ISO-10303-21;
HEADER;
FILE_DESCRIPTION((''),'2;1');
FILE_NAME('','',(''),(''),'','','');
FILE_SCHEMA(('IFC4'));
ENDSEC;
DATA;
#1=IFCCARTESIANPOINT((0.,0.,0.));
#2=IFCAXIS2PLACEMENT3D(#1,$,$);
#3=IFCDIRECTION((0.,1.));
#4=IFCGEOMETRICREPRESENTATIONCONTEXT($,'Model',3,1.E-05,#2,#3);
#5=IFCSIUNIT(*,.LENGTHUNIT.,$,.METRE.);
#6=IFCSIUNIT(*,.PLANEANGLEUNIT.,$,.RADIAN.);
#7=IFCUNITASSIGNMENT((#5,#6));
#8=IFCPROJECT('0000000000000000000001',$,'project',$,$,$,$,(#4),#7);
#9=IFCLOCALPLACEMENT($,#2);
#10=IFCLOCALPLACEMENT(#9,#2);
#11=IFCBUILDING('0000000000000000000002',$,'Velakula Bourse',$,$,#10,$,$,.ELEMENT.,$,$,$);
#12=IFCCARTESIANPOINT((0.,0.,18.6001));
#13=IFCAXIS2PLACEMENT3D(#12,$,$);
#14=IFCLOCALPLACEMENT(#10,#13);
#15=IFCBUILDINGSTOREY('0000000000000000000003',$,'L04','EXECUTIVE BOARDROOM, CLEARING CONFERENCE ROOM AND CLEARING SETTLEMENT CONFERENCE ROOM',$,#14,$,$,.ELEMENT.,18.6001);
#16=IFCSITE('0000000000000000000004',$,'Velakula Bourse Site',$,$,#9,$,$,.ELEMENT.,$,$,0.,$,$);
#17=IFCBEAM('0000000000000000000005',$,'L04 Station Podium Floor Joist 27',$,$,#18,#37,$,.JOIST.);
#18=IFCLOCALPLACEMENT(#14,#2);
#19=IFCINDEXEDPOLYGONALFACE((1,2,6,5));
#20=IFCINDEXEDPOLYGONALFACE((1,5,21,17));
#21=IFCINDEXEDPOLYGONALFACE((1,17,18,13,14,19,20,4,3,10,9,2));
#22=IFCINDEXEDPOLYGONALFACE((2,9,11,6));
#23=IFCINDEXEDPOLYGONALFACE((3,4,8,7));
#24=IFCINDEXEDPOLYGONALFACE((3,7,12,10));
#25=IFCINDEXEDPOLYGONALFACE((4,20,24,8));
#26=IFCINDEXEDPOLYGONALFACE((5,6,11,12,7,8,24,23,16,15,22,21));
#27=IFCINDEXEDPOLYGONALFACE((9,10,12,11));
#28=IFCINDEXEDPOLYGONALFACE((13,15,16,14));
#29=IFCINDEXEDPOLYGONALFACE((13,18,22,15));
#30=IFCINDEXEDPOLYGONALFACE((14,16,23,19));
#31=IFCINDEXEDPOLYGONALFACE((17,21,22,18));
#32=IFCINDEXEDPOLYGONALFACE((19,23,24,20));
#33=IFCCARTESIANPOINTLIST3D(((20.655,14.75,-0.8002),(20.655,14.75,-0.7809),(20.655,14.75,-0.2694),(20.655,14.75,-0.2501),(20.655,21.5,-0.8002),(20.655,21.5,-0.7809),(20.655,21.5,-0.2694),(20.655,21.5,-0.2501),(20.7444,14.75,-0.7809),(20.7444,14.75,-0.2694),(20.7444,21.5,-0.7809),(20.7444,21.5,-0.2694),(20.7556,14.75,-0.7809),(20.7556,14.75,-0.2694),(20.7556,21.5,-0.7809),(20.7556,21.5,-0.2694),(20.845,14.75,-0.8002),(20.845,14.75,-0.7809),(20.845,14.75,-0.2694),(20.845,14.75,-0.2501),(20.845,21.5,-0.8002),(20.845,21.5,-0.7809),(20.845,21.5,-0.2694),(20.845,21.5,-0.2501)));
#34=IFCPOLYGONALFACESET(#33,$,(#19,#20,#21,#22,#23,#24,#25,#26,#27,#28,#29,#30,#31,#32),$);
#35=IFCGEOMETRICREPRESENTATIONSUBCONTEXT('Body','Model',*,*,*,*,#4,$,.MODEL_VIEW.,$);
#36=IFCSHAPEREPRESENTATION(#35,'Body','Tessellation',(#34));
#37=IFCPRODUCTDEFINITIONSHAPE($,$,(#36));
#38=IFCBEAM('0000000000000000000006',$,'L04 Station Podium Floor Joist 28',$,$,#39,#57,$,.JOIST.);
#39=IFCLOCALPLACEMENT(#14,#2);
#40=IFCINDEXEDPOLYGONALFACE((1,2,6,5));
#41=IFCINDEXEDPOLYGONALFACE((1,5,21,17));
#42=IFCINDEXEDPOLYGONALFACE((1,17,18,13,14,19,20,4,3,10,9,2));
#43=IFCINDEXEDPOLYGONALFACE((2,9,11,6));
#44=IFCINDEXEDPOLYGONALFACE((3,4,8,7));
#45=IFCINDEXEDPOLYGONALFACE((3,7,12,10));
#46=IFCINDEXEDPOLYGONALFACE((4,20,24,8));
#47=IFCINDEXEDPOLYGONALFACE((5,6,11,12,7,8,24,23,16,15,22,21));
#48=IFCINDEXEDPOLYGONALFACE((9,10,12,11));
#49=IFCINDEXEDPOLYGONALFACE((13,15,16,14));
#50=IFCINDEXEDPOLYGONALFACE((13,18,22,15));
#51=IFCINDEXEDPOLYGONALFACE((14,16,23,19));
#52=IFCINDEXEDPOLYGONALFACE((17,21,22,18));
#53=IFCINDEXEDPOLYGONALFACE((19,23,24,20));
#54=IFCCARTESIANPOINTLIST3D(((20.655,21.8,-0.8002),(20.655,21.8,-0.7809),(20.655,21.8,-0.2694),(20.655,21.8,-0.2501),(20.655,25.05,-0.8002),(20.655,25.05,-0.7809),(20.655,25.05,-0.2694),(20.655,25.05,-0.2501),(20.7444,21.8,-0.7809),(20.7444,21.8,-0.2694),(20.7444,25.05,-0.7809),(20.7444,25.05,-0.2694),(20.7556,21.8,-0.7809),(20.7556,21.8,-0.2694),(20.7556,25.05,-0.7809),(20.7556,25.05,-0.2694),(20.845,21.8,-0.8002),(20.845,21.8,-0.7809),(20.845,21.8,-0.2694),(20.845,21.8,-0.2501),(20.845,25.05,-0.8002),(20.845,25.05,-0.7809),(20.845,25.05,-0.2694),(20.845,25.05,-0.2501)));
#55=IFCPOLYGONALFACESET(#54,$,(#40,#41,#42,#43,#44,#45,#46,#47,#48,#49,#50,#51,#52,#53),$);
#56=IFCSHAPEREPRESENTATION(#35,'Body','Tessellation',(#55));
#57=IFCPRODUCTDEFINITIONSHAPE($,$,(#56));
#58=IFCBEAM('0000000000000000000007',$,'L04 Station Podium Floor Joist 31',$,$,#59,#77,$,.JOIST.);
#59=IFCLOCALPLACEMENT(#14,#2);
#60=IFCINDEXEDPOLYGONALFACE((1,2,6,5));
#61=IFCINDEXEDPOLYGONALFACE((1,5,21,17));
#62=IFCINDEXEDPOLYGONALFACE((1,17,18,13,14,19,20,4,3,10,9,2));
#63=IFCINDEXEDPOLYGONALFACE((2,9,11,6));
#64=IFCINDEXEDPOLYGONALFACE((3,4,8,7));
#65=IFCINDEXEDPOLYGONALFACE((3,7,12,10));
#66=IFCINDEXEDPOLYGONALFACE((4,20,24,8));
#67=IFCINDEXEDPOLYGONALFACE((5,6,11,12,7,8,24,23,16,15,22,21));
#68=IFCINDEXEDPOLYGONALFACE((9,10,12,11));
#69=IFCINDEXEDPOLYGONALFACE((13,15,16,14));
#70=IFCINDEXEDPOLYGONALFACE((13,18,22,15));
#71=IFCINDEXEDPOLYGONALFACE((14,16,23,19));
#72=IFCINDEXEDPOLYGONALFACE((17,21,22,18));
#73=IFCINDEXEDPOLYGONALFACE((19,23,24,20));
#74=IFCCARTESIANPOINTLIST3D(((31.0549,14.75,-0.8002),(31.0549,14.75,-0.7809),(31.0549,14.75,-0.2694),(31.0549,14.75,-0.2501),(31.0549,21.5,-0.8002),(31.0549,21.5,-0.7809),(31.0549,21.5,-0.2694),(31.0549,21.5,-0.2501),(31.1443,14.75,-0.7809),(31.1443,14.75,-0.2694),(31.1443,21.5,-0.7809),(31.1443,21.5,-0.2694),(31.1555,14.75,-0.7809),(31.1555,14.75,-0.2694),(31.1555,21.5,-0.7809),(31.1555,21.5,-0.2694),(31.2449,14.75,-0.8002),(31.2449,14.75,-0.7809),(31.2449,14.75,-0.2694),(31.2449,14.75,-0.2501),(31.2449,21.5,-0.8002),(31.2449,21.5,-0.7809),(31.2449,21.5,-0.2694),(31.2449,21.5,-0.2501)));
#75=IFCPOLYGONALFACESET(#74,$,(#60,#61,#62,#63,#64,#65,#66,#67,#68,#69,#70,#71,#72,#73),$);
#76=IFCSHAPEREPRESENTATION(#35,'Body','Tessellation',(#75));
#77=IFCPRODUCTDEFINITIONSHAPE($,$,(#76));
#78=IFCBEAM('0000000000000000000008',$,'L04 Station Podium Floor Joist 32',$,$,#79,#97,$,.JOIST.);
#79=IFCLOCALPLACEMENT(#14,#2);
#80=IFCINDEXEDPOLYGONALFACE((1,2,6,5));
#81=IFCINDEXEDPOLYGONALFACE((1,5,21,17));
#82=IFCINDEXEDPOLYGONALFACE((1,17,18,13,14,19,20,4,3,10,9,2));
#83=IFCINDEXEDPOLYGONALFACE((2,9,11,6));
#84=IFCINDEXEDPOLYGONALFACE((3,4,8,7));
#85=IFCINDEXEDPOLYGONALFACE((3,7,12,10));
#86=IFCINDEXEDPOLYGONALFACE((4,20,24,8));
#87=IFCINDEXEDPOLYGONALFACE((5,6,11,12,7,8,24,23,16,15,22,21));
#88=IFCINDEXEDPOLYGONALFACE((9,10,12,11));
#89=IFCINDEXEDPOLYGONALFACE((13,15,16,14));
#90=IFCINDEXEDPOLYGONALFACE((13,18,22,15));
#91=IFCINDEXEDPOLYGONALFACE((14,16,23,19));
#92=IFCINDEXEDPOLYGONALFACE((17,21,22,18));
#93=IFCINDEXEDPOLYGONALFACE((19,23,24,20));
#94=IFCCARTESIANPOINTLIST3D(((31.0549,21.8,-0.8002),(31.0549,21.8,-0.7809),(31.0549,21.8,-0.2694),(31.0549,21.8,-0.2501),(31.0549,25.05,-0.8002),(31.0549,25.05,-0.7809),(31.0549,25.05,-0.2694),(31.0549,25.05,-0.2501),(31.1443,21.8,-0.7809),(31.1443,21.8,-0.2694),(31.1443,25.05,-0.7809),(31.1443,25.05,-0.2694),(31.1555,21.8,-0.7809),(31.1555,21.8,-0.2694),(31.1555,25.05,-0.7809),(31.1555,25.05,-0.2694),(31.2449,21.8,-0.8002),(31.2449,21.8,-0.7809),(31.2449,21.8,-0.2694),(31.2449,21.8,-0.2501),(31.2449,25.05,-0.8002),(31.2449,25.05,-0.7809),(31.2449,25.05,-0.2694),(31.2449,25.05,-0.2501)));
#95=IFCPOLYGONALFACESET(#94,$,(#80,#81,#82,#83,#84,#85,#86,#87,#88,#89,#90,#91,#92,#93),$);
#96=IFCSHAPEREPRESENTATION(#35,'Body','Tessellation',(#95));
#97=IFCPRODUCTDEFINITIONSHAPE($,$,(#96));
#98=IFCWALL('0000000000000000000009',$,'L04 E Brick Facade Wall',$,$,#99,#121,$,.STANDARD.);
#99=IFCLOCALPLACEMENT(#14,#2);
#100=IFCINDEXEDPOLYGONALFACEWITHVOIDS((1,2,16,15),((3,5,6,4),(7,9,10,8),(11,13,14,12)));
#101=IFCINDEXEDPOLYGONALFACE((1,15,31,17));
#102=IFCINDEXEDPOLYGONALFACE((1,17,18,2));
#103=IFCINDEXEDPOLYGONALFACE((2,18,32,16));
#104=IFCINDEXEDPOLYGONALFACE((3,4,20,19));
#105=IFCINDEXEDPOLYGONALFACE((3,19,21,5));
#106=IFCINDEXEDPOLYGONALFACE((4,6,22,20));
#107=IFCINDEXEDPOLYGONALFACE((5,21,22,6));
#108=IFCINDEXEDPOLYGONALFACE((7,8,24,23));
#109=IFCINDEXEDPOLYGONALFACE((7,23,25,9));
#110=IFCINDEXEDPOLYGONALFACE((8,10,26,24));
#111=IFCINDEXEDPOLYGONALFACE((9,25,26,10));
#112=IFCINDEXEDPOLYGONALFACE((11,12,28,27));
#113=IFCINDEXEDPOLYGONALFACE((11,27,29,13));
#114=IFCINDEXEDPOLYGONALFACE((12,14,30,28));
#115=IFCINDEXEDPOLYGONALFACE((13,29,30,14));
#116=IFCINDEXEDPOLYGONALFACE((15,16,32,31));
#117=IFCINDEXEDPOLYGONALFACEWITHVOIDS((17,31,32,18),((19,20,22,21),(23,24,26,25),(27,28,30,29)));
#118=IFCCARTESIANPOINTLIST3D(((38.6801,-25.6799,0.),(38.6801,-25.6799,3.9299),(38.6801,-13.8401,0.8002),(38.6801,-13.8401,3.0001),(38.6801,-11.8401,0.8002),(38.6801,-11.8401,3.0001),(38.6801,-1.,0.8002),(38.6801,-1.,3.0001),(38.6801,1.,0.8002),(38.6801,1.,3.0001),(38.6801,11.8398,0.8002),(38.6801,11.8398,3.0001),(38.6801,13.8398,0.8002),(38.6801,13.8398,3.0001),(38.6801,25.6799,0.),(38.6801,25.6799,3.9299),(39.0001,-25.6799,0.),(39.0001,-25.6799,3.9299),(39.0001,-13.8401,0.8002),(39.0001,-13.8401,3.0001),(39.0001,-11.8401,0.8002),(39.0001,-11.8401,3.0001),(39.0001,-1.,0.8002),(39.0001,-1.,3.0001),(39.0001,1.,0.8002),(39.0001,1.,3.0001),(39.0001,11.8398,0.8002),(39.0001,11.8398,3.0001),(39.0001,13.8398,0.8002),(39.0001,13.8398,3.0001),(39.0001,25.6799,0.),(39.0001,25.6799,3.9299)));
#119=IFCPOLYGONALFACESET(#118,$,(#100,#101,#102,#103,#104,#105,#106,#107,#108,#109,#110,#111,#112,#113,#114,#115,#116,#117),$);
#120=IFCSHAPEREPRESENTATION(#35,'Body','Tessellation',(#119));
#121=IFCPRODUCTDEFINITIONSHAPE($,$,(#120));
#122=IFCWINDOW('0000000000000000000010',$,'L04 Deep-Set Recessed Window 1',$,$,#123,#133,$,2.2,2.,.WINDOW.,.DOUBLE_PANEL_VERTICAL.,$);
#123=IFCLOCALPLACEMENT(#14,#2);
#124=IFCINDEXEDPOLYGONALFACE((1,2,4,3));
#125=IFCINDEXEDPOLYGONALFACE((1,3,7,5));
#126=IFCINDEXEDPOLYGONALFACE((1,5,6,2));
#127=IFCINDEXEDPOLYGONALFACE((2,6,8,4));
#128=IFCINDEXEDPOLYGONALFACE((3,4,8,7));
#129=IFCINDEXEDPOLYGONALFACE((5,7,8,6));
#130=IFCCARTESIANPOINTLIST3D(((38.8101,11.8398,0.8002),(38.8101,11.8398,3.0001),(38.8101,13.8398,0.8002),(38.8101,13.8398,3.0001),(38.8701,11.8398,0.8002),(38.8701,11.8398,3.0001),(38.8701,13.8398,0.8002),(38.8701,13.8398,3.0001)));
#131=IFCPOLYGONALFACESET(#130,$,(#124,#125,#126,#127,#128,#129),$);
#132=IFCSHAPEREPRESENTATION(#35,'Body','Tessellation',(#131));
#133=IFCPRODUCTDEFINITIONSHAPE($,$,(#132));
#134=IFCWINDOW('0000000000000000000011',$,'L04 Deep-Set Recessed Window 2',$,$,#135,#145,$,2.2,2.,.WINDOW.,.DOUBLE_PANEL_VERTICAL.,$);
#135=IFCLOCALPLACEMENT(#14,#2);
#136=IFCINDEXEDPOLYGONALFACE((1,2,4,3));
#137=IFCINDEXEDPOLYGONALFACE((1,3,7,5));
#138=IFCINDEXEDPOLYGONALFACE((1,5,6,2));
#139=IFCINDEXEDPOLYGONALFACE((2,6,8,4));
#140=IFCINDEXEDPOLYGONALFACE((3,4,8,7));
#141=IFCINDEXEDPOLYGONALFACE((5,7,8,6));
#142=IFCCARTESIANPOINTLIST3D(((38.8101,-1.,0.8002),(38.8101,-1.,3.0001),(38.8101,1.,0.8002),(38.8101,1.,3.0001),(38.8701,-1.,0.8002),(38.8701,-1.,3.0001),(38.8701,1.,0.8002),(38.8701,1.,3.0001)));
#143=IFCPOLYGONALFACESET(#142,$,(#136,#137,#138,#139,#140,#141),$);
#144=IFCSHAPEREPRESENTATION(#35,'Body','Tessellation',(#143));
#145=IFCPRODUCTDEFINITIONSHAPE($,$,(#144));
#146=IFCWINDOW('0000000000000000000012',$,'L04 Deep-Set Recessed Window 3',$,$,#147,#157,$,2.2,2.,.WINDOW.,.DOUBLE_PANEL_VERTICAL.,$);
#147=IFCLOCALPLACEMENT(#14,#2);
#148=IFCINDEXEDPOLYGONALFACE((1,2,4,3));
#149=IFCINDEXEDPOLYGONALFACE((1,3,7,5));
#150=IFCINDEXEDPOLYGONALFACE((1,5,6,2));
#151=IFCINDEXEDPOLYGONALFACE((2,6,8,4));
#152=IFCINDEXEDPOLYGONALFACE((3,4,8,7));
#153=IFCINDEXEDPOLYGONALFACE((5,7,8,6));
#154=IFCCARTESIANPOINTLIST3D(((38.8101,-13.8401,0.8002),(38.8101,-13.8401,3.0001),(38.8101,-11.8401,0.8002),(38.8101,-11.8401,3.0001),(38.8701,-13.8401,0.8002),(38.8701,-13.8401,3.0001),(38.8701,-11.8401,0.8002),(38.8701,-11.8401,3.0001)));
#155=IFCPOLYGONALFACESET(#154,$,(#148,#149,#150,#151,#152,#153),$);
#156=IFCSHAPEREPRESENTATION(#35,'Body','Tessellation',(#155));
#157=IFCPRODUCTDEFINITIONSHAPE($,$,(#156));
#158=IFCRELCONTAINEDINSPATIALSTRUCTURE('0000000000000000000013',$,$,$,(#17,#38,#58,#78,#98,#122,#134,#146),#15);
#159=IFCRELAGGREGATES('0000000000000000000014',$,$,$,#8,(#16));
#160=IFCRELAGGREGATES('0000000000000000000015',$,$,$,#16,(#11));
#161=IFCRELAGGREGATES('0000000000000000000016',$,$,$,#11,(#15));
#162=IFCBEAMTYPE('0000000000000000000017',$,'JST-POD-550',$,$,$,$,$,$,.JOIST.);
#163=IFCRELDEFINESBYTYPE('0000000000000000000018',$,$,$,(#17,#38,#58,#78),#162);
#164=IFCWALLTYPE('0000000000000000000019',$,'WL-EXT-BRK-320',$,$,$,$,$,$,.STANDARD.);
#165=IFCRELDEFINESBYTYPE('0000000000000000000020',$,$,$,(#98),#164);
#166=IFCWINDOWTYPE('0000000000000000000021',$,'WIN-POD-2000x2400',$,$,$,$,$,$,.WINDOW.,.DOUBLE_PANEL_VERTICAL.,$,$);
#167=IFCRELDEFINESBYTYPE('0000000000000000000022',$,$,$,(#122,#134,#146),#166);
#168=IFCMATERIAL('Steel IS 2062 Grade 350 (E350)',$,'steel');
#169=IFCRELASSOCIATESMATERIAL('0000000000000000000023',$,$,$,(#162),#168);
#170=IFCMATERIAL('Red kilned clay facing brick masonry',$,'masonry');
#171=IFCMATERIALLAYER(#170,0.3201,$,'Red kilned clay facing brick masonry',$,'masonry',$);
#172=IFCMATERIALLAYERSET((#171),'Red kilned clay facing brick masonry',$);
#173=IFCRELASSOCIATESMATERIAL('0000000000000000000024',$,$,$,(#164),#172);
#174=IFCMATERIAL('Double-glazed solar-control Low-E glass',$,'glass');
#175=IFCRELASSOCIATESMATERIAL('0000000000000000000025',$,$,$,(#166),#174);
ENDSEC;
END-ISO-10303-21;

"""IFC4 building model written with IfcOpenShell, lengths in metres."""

from ifc_helpers import new_model, si_unit, direction, frame, frame_2d, origin, origin_2d, place, context, subcontext, project, spatial, rectangle, i_section, extrude, material, layer, layer_set, material_profile, profile_set, type_object, element, fill, save


model = new_model("IFC4")

# Units and contexts
model_context = context("Model", 3, precision=1e-05, world=origin(), true_north=direction((0.0, 1.0)))
body_context = subcontext(model_context, "Body", "Model", "MODEL_VIEW")
ifc_project = project(units=[si_unit("LENGTHUNIT", "METRE"), si_unit("PLANEANGLEUNIT", "RADIAN")], contexts=[model_context])

# Site, building, storey
site_placement = place(None, origin())
site = spatial("IfcSite", under=ifc_project, at=site_placement, Name="Velakula Bourse Site", CompositionType="ELEMENT", RefElevation=0.0)
building_placement = place(site_placement, origin())
building = spatial("IfcBuilding", under=site, at=building_placement, Name="Velakula Bourse", CompositionType="ELEMENT")
storey_placement = place(building_placement, frame((0.0, 0.0, 18.6001)))
storey = spatial("IfcBuildingStorey", under=building, at=storey_placement, Name="L04", Description="EXECUTIVE BOARDROOM, CLEARING CONFERENCE ROOM AND CLEARING SETTLEMENT CONFERENCE ROOM", CompositionType="ELEMENT", Elevation=18.6001)

# Beams
ifc_material_1 = material(Name="Steel IS 2062 Grade 350 (E350)", Category="steel")
ifc_material_profile_1 = material_profile(ifc_material_1, i_section(OverallWidth=0.1899, OverallDepth=0.55, WebThickness=0.0112, FlangeThickness=0.0193, at=origin_2d()), Name="Steel IS 2062 Grade 350 (E350)")
ifc_profile_set_1 = profile_set([ifc_material_profile_1], Name="Steel IS 2062 Grade 350 (E350)")
beam_type_1 = type_object("IfcBeamType", Name="JST-POD-550", PredefinedType="JOIST", material=ifc_profile_set_1)
beam_1_placement = place(storey_placement, frame((20.75, 14.75, -0.5251), z_axis=(0.0, 1.0, 0.0), x_axis=(-1.0, 0.0, 0.0)))
element("IfcBeam", 1, at=beam_1_placement, inside=storey, type_object=beam_type_1, Name="L04 Station Podium Floor Joist 27", PredefinedType="JOIST", context=body_context, shape_type="SweptSolid", body=[
    extrude(i_section(OverallWidth=0.1899, OverallDepth=0.55, WebThickness=0.0112, FlangeThickness=0.0193, at=origin_2d()), origin(), (0.0, 0.0, 1.0), 6.75),
])
beam_2_placement = place(storey_placement, frame((20.75, 21.8, -0.5251), z_axis=(0.0, 1.0, 0.0), x_axis=(-1.0, 0.0, 0.0)))
element("IfcBeam", 2, at=beam_2_placement, inside=storey, type_object=beam_type_1, Name="L04 Station Podium Floor Joist 28", PredefinedType="JOIST", context=body_context, shape_type="SweptSolid", body=[
    extrude(i_section(OverallWidth=0.1899, OverallDepth=0.55, WebThickness=0.0112, FlangeThickness=0.0193, at=origin_2d()), origin(), (0.0, 0.0, 1.0), 3.25),
])
beam_3_placement = place(storey_placement, frame((31.1499, 14.75, -0.5251), z_axis=(0.0, 1.0, 0.0), x_axis=(-1.0, 0.0, 0.0)))
element("IfcBeam", 3, at=beam_3_placement, inside=storey, type_object=beam_type_1, Name="L04 Station Podium Floor Joist 31", PredefinedType="JOIST", context=body_context, shape_type="SweptSolid", body=[
    extrude(i_section(OverallWidth=0.1899, OverallDepth=0.55, WebThickness=0.0112, FlangeThickness=0.0193, at=origin_2d()), origin(), (0.0, 0.0, 1.0), 6.75),
])
beam_4_placement = place(storey_placement, frame((31.1499, 21.8, -0.5251), z_axis=(0.0, 1.0, 0.0), x_axis=(-1.0, 0.0, 0.0)))
element("IfcBeam", 4, at=beam_4_placement, inside=storey, type_object=beam_type_1, Name="L04 Station Podium Floor Joist 32", PredefinedType="JOIST", context=body_context, shape_type="SweptSolid", body=[
    extrude(i_section(OverallWidth=0.1899, OverallDepth=0.55, WebThickness=0.0112, FlangeThickness=0.0193, at=origin_2d()), origin(), (0.0, 0.0, 1.0), 3.25),
])

# Wall, openings, windows
ifc_material_2 = material(Name="Red kilned clay facing brick masonry", Category="masonry")
ifc_layer = layer(ifc_material_2, 0.3201, Name="Red kilned clay facing brick masonry", Category="masonry")
ifc_layer_set = layer_set([ifc_layer], Name="Red kilned clay facing brick masonry")
wall_type = type_object("IfcWallType", Name="WL-EXT-BRK-320", PredefinedType="STANDARD", material=ifc_layer_set)
wall_placement = place(storey_placement, frame((38.8401, 25.6799, 0.0), z_axis=(0.0, 0.0, 1.0), x_axis=(0.0, -1.0, 0.0)))
wall = element("IfcWall", 5, at=wall_placement, inside=storey, type_object=wall_type, Name="L04 E Brick Facade Wall", PredefinedType="STANDARD", context=body_context, shape_type="SweptSolid", body=[
    extrude(rectangle(XDim=51.3599, YDim=0.3201, at=frame_2d((25.6799, 0.0))), origin(), (0.0, 0.0, 1.0), 3.9299),
])
opening_1_placement = place(wall_placement, frame((11.8401, 0.0, 0.8)))
opening_1 = element("IfcOpeningElement", 6, at=opening_1_placement, cuts=wall, PredefinedType="OPENING", context=body_context, shape_type="SweptSolid", body=[
    extrude(rectangle(XDim=2.0, YDim=2.2, at=frame_2d((1.0, 1.1001))), frame((0.0, 0.1699, 0.0), z_axis=(0.0, -1.0, 0.0), x_axis=(1.0, 0.0, 0.0)), (0.0, 0.0, 1.0), 0.3401),
])
opening_2_placement = place(wall_placement, frame((24.6799, 0.0, 0.8)))
opening_2 = element("IfcOpeningElement", 7, at=opening_2_placement, cuts=wall, PredefinedType="OPENING", context=body_context, shape_type="SweptSolid", body=[
    extrude(rectangle(XDim=2.0, YDim=2.2, at=frame_2d((1.0, 1.1001))), frame((0.0, 0.1699, 0.0), z_axis=(0.0, -1.0, 0.0), x_axis=(1.0, 0.0, 0.0)), (0.0, 0.0, 1.0), 0.3401),
])
opening_3_placement = place(wall_placement, frame((37.52, 0.0, 0.8)))
opening_3 = element("IfcOpeningElement", 8, at=opening_3_placement, cuts=wall, PredefinedType="OPENING", context=body_context, shape_type="SweptSolid", body=[
    extrude(rectangle(XDim=2.0, YDim=2.2, at=frame_2d((1.0, 1.1001))), frame((0.0, 0.1699, 0.0), z_axis=(0.0, -1.0, 0.0), x_axis=(1.0, 0.0, 0.0)), (0.0, 0.0, 1.0), 0.3401),
])
ifc_material_3 = material(Name="Double-glazed solar-control Low-E glass", Category="glass")
window_type = type_object("IfcWindowType", Name="WIN-POD-2000x2400", PartitioningType="DOUBLE_PANEL_VERTICAL", PredefinedType="WINDOW", material=ifc_material_3)
window_1_placement = place(opening_1_placement, origin())
window_1 = element("IfcWindow", 9, at=window_1_placement, inside=storey, type_object=window_type, Name="L04 Deep-Set Recessed Window 1", OverallHeight=2.2, OverallWidth=2.0, PartitioningType="DOUBLE_PANEL_VERTICAL", PredefinedType="WINDOW", context=body_context, shape_type="SweptSolid", body=[
    extrude(rectangle(XDim=2.0, YDim=2.2, at=frame_2d((1.0, 1.1001))), frame((0.0, 0.03, 0.0), z_axis=(0.0, -1.0, 0.0), x_axis=(1.0, 0.0, 0.0)), (0.0, 0.0, 1.0), 0.0601),
])
fill(opening_1, window_1)
window_2_placement = place(opening_2_placement, origin())
window_2 = element("IfcWindow", 10, at=window_2_placement, inside=storey, type_object=window_type, Name="L04 Deep-Set Recessed Window 2", OverallHeight=2.2, OverallWidth=2.0, PartitioningType="DOUBLE_PANEL_VERTICAL", PredefinedType="WINDOW", context=body_context, shape_type="SweptSolid", body=[
    extrude(rectangle(XDim=2.0, YDim=2.2, at=frame_2d((1.0, 1.1001))), frame((0.0, 0.03, 0.0), z_axis=(0.0, -1.0, 0.0), x_axis=(1.0, 0.0, 0.0)), (0.0, 0.0, 1.0), 0.0601),
])
fill(opening_2, window_2)
window_3_placement = place(opening_3_placement, origin())
window_3 = element("IfcWindow", 11, at=window_3_placement, inside=storey, type_object=window_type, Name="L04 Deep-Set Recessed Window 3", OverallHeight=2.2, OverallWidth=2.0, PartitioningType="DOUBLE_PANEL_VERTICAL", PredefinedType="WINDOW", context=body_context, shape_type="SweptSolid", body=[
    extrude(rectangle(XDim=2.0, YDim=2.2, at=frame_2d((1.0, 1.1001))), frame((0.0, 0.03, 0.0), z_axis=(0.0, -1.0, 0.0), x_axis=(1.0, 0.0, 0.0)), (0.0, 0.0, 1.0), 0.0601),
])
fill(opening_3, window_3)

save(model, "model.ifc")
